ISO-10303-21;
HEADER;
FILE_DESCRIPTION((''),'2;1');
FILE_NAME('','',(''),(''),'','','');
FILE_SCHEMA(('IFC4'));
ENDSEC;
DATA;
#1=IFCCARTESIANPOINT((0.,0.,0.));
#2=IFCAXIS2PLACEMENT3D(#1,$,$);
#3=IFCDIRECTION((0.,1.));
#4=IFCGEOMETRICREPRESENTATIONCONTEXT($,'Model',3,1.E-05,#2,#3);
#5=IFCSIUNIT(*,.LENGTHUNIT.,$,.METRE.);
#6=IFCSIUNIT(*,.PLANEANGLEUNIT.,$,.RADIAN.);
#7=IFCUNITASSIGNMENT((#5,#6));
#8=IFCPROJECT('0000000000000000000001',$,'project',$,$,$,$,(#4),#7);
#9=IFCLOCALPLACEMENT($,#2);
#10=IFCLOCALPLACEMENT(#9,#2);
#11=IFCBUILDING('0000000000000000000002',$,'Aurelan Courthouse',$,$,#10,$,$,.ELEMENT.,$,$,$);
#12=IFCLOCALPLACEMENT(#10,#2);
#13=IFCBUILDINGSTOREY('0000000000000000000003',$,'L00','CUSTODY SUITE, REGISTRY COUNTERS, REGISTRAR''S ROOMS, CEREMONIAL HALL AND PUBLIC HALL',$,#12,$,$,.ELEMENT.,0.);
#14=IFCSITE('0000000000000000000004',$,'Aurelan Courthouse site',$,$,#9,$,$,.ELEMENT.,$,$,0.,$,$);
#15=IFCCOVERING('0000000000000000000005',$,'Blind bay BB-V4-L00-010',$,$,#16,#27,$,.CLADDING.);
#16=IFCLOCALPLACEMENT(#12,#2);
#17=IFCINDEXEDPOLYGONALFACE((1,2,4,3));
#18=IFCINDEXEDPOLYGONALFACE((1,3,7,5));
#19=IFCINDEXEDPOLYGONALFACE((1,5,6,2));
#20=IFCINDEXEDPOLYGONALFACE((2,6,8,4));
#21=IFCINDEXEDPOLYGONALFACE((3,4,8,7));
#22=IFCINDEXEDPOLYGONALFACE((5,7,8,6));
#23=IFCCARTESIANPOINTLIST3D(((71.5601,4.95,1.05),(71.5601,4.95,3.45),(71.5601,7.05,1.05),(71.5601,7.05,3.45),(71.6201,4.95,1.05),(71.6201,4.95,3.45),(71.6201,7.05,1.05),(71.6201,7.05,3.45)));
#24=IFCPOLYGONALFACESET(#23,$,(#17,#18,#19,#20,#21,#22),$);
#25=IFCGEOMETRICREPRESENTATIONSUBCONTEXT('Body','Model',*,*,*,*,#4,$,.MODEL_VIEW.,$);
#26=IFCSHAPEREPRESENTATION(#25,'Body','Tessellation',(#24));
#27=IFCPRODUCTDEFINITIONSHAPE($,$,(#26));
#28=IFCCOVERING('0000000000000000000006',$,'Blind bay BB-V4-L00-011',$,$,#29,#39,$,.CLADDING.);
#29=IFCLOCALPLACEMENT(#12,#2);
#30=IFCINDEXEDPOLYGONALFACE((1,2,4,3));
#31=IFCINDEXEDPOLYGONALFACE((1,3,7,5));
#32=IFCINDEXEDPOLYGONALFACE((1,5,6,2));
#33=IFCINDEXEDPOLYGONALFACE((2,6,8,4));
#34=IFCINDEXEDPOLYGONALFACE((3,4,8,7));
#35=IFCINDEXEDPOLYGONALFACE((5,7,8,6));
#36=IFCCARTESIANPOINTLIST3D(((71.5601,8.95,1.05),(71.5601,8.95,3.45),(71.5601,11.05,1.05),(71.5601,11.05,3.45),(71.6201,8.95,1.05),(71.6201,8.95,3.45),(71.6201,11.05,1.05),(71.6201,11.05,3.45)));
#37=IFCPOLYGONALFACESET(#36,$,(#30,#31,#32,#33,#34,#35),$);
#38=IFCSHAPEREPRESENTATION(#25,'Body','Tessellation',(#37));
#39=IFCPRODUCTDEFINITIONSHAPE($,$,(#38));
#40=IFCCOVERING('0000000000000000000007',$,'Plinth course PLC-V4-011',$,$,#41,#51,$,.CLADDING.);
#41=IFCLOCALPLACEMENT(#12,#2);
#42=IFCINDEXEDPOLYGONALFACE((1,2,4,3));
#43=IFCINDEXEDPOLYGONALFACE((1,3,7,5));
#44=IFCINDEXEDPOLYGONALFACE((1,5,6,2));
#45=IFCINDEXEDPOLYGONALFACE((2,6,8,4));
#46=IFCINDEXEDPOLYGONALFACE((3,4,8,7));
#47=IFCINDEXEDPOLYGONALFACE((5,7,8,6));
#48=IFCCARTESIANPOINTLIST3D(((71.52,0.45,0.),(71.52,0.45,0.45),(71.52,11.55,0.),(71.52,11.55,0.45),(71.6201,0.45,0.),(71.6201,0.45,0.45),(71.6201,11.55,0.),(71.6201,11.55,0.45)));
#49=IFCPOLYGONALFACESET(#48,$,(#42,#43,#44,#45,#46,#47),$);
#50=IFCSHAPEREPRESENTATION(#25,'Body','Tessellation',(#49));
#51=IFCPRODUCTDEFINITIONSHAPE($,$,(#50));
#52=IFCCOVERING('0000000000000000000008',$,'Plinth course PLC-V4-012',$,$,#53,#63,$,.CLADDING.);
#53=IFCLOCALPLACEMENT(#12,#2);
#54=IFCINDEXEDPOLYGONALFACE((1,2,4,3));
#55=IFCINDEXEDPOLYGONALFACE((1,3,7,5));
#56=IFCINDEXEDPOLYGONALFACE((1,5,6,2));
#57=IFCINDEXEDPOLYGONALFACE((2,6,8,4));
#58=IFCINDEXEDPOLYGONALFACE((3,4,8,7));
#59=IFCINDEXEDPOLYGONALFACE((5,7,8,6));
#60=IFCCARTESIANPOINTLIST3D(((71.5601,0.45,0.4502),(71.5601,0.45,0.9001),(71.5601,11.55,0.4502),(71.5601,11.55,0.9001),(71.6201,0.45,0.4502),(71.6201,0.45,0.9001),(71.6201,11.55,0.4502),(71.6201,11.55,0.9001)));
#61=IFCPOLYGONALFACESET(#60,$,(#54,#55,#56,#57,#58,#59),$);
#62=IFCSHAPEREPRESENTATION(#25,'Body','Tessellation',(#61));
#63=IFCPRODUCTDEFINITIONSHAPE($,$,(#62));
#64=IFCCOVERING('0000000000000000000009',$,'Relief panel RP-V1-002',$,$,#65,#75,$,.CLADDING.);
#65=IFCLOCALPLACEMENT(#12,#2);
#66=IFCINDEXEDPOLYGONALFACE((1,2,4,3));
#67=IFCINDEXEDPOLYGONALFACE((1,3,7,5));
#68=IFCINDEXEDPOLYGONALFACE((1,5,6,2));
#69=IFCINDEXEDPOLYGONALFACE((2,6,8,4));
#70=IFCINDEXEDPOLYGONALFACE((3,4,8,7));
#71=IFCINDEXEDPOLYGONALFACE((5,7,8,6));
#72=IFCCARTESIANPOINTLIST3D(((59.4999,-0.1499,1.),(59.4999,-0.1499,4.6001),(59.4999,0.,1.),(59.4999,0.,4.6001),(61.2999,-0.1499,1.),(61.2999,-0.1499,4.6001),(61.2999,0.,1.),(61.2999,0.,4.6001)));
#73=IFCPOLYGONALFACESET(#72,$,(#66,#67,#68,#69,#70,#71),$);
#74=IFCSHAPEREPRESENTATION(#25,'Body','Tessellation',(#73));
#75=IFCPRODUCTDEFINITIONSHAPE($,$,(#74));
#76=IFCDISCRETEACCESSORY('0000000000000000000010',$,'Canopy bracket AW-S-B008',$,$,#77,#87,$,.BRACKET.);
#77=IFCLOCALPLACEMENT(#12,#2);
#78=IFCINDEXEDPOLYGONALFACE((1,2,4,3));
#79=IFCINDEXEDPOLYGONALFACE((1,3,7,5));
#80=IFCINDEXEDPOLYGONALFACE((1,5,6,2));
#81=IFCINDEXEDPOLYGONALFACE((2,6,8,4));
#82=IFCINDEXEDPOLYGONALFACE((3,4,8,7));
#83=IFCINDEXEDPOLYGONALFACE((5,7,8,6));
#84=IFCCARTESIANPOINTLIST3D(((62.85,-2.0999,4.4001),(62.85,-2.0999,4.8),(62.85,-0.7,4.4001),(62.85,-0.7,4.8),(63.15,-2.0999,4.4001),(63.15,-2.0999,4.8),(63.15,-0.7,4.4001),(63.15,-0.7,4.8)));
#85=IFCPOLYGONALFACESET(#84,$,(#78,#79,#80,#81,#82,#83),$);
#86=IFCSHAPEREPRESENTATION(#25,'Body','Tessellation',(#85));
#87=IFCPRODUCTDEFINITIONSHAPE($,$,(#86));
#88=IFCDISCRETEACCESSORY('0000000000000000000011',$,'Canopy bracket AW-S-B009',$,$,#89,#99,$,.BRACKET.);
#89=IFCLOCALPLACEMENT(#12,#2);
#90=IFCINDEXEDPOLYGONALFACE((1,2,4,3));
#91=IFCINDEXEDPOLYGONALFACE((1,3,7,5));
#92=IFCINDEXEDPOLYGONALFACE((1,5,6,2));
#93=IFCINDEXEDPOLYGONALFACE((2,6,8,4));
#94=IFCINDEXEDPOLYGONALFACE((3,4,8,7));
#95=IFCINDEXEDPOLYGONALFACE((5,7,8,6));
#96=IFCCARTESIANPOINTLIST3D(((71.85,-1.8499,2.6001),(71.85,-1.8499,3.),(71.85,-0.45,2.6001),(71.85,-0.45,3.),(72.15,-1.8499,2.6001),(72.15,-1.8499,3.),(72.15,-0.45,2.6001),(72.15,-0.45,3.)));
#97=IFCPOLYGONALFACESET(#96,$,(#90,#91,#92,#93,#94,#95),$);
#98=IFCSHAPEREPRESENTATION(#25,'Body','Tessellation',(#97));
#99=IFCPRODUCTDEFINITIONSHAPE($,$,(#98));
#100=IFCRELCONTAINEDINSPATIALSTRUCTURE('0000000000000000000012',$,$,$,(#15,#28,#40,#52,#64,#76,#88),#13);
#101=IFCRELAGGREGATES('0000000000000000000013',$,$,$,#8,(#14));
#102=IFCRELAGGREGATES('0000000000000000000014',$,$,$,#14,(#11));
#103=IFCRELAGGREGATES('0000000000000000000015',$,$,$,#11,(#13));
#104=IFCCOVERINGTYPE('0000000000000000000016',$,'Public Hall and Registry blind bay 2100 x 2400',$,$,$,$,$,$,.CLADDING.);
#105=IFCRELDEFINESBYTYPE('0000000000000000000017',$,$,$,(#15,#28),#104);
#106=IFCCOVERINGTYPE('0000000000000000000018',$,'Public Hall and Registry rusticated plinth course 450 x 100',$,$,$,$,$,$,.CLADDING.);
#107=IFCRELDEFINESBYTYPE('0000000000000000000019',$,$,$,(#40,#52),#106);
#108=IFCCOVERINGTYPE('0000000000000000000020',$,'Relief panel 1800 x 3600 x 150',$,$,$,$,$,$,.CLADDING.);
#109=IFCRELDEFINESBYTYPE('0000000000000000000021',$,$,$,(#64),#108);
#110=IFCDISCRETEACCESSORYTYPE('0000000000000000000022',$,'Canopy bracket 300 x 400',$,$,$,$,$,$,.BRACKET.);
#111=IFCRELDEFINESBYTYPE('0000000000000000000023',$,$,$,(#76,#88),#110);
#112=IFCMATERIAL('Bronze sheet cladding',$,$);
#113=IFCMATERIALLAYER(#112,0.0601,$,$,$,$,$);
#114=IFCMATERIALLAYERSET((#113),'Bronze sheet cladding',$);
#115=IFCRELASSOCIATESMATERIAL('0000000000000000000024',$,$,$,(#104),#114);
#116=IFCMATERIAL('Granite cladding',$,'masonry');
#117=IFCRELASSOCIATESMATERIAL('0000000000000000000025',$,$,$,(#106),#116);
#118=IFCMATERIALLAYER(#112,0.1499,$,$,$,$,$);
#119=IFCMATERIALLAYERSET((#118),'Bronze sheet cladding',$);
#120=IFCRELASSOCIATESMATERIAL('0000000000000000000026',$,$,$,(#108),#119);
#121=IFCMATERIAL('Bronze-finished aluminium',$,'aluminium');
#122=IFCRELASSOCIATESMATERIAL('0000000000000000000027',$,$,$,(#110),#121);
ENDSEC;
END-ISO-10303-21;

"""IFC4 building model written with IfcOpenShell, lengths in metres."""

from ifc_helpers import new_model, si_unit, direction, frame, origin, origin_2d, place, context, subcontext, project, spatial, rectangle, extrude, material, layer, layer_set, type_object, element, save


model = new_model("IFC4")

# Units and contexts
model_context = context("Model", 3, precision=1e-05, world=origin(), true_north=direction((0.0, 1.0)))
body_context = subcontext(model_context, "Body", "Model", "MODEL_VIEW")
ifc_project = project(units=[si_unit("LENGTHUNIT", "METRE"), si_unit("PLANEANGLEUNIT", "RADIAN")], contexts=[model_context])

# Site, building, storey
site_placement = place(None, origin())
site = spatial("IfcSite", under=ifc_project, at=site_placement, Name="Aurelan Courthouse site", CompositionType="ELEMENT", RefElevation=0.0)
building_placement = place(site_placement, origin())
building = spatial("IfcBuilding", under=site, at=building_placement, Name="Aurelan Courthouse", CompositionType="ELEMENT")
storey_placement = place(building_placement, origin())
storey = spatial("IfcBuildingStorey", under=building, at=storey_placement, Name="L00", Description="CUSTODY SUITE, REGISTRY COUNTERS, REGISTRAR'S ROOMS, CEREMONIAL HALL AND PUBLIC HALL", CompositionType="ELEMENT", Elevation=0.0)

# Shared definitions
ifc_material_1 = material(Name="Granite cladding", Category="masonry")

# Coverings
ifc_material_2 = material(Name="Bronze sheet cladding")
ifc_layer_1 = layer(ifc_material_2, 0.0601)
ifc_layer_set_1 = layer_set([ifc_layer_1], Name="Bronze sheet cladding")
covering_type_1 = type_object("IfcCoveringType", Name="Public Hall and Registry blind bay 2100 x 2400", PredefinedType="CLADDING", material=ifc_layer_set_1)
for number, where, z_axis, x_axis, name in (
    (1, (71.5901, 6.0, 1.05), (0.0, 0.0, 1.0), (1.0, 0.0, 0.0), "Blind bay BB-V4-L00-010"),
    (2, (71.5901, 10.0, 1.05), (0.0, 0.0, 1.0), (1.0, 0.0, 0.0), "Blind bay BB-V4-L00-011"),
):
    element("IfcCovering", number, at=place(storey_placement, frame(where, z_axis=z_axis, x_axis=x_axis)), inside=storey, type_object=covering_type_1, Name=name, PredefinedType="CLADDING", context=body_context, shape_type="SweptSolid", body=[
        extrude(rectangle(XDim=0.0601, YDim=2.1001, at=origin_2d()), origin(), (0.0, 0.0, 1.0), 2.3999),
    ])
covering_type_2 = type_object("IfcCoveringType", Name="Public Hall and Registry rusticated plinth course 450 x 100", PredefinedType="CLADDING", material=ifc_material_1)
covering_1_placement = place(storey_placement, frame((71.5701, 6.0, 0.0), z_axis=(0.0, 0.0, 1.0), x_axis=(1.0, 0.0, 0.0)))
element("IfcCovering", 3, at=covering_1_placement, inside=storey, type_object=covering_type_2, Name="Plinth course PLC-V4-011", PredefinedType="CLADDING", context=body_context, shape_type="SweptSolid", body=[
    extrude(rectangle(XDim=0.1001, YDim=11.1001, at=origin_2d()), origin(), (0.0, 0.0, 1.0), 0.45),
])
covering_2_placement = place(storey_placement, frame((71.5901, 6.0, 0.4502), z_axis=(0.0, 0.0, 1.0), x_axis=(1.0, 0.0, 0.0)))
element("IfcCovering", 4, at=covering_2_placement, inside=storey, type_object=covering_type_2, Name="Plinth course PLC-V4-012", PredefinedType="CLADDING", context=body_context, shape_type="SweptSolid", body=[
    extrude(rectangle(XDim=0.0601, YDim=11.1001, at=origin_2d()), origin(), (0.0, 0.0, 1.0), 0.45),
])
ifc_layer_2 = layer(ifc_material_2, 0.1499)
ifc_layer_set_2 = layer_set([ifc_layer_2], Name="Bronze sheet cladding")
covering_type_3 = type_object("IfcCoveringType", Name="Relief panel 1800 x 3600 x 150", PredefinedType="CLADDING", material=ifc_layer_set_2)
covering_3_placement = place(storey_placement, frame((60.3999, -0.075, 1.0), z_axis=(0.0, 0.0, 1.0), x_axis=(1.0, 0.0, 0.0)))
element("IfcCovering", 5, at=covering_3_placement, inside=storey, type_object=covering_type_3, Name="Relief panel RP-V1-002", PredefinedType="CLADDING", context=body_context, shape_type="SweptSolid", body=[
    extrude(rectangle(XDim=1.8, YDim=0.1499, at=origin_2d()), origin(), (0.0, 0.0, 1.0), 3.6001),
])

# Discrete accessories
ifc_material_3 = material(Name="Bronze-finished aluminium", Category="aluminium")
discrete_accessory_type = type_object("IfcDiscreteAccessoryType", Name="Canopy bracket 300 x 400", PredefinedType="BRACKET", material=ifc_material_3)
for number, where, z_axis, x_axis, name in (
    (6, (63.0, -1.3999, 4.4001), (0.0, 0.0, 1.0), (1.0, 0.0, 0.0), "Canopy bracket AW-S-B008"),
    (7, (72.0, -1.1499, 2.6001), (0.0, 0.0, 1.0), (1.0, 0.0, 0.0), "Canopy bracket AW-S-B009"),
):
    element("IfcDiscreteAccessory", number, at=place(storey_placement, frame(where, z_axis=z_axis, x_axis=x_axis)), inside=storey, type_object=discrete_accessory_type, Name=name, PredefinedType="BRACKET", context=body_context, shape_type="SweptSolid", body=[
        extrude(rectangle(XDim=0.3, YDim=1.3999, at=origin_2d()), origin(), (0.0, 0.0, 1.0), 0.3999),
    ])

save(model, "model.ifc")
